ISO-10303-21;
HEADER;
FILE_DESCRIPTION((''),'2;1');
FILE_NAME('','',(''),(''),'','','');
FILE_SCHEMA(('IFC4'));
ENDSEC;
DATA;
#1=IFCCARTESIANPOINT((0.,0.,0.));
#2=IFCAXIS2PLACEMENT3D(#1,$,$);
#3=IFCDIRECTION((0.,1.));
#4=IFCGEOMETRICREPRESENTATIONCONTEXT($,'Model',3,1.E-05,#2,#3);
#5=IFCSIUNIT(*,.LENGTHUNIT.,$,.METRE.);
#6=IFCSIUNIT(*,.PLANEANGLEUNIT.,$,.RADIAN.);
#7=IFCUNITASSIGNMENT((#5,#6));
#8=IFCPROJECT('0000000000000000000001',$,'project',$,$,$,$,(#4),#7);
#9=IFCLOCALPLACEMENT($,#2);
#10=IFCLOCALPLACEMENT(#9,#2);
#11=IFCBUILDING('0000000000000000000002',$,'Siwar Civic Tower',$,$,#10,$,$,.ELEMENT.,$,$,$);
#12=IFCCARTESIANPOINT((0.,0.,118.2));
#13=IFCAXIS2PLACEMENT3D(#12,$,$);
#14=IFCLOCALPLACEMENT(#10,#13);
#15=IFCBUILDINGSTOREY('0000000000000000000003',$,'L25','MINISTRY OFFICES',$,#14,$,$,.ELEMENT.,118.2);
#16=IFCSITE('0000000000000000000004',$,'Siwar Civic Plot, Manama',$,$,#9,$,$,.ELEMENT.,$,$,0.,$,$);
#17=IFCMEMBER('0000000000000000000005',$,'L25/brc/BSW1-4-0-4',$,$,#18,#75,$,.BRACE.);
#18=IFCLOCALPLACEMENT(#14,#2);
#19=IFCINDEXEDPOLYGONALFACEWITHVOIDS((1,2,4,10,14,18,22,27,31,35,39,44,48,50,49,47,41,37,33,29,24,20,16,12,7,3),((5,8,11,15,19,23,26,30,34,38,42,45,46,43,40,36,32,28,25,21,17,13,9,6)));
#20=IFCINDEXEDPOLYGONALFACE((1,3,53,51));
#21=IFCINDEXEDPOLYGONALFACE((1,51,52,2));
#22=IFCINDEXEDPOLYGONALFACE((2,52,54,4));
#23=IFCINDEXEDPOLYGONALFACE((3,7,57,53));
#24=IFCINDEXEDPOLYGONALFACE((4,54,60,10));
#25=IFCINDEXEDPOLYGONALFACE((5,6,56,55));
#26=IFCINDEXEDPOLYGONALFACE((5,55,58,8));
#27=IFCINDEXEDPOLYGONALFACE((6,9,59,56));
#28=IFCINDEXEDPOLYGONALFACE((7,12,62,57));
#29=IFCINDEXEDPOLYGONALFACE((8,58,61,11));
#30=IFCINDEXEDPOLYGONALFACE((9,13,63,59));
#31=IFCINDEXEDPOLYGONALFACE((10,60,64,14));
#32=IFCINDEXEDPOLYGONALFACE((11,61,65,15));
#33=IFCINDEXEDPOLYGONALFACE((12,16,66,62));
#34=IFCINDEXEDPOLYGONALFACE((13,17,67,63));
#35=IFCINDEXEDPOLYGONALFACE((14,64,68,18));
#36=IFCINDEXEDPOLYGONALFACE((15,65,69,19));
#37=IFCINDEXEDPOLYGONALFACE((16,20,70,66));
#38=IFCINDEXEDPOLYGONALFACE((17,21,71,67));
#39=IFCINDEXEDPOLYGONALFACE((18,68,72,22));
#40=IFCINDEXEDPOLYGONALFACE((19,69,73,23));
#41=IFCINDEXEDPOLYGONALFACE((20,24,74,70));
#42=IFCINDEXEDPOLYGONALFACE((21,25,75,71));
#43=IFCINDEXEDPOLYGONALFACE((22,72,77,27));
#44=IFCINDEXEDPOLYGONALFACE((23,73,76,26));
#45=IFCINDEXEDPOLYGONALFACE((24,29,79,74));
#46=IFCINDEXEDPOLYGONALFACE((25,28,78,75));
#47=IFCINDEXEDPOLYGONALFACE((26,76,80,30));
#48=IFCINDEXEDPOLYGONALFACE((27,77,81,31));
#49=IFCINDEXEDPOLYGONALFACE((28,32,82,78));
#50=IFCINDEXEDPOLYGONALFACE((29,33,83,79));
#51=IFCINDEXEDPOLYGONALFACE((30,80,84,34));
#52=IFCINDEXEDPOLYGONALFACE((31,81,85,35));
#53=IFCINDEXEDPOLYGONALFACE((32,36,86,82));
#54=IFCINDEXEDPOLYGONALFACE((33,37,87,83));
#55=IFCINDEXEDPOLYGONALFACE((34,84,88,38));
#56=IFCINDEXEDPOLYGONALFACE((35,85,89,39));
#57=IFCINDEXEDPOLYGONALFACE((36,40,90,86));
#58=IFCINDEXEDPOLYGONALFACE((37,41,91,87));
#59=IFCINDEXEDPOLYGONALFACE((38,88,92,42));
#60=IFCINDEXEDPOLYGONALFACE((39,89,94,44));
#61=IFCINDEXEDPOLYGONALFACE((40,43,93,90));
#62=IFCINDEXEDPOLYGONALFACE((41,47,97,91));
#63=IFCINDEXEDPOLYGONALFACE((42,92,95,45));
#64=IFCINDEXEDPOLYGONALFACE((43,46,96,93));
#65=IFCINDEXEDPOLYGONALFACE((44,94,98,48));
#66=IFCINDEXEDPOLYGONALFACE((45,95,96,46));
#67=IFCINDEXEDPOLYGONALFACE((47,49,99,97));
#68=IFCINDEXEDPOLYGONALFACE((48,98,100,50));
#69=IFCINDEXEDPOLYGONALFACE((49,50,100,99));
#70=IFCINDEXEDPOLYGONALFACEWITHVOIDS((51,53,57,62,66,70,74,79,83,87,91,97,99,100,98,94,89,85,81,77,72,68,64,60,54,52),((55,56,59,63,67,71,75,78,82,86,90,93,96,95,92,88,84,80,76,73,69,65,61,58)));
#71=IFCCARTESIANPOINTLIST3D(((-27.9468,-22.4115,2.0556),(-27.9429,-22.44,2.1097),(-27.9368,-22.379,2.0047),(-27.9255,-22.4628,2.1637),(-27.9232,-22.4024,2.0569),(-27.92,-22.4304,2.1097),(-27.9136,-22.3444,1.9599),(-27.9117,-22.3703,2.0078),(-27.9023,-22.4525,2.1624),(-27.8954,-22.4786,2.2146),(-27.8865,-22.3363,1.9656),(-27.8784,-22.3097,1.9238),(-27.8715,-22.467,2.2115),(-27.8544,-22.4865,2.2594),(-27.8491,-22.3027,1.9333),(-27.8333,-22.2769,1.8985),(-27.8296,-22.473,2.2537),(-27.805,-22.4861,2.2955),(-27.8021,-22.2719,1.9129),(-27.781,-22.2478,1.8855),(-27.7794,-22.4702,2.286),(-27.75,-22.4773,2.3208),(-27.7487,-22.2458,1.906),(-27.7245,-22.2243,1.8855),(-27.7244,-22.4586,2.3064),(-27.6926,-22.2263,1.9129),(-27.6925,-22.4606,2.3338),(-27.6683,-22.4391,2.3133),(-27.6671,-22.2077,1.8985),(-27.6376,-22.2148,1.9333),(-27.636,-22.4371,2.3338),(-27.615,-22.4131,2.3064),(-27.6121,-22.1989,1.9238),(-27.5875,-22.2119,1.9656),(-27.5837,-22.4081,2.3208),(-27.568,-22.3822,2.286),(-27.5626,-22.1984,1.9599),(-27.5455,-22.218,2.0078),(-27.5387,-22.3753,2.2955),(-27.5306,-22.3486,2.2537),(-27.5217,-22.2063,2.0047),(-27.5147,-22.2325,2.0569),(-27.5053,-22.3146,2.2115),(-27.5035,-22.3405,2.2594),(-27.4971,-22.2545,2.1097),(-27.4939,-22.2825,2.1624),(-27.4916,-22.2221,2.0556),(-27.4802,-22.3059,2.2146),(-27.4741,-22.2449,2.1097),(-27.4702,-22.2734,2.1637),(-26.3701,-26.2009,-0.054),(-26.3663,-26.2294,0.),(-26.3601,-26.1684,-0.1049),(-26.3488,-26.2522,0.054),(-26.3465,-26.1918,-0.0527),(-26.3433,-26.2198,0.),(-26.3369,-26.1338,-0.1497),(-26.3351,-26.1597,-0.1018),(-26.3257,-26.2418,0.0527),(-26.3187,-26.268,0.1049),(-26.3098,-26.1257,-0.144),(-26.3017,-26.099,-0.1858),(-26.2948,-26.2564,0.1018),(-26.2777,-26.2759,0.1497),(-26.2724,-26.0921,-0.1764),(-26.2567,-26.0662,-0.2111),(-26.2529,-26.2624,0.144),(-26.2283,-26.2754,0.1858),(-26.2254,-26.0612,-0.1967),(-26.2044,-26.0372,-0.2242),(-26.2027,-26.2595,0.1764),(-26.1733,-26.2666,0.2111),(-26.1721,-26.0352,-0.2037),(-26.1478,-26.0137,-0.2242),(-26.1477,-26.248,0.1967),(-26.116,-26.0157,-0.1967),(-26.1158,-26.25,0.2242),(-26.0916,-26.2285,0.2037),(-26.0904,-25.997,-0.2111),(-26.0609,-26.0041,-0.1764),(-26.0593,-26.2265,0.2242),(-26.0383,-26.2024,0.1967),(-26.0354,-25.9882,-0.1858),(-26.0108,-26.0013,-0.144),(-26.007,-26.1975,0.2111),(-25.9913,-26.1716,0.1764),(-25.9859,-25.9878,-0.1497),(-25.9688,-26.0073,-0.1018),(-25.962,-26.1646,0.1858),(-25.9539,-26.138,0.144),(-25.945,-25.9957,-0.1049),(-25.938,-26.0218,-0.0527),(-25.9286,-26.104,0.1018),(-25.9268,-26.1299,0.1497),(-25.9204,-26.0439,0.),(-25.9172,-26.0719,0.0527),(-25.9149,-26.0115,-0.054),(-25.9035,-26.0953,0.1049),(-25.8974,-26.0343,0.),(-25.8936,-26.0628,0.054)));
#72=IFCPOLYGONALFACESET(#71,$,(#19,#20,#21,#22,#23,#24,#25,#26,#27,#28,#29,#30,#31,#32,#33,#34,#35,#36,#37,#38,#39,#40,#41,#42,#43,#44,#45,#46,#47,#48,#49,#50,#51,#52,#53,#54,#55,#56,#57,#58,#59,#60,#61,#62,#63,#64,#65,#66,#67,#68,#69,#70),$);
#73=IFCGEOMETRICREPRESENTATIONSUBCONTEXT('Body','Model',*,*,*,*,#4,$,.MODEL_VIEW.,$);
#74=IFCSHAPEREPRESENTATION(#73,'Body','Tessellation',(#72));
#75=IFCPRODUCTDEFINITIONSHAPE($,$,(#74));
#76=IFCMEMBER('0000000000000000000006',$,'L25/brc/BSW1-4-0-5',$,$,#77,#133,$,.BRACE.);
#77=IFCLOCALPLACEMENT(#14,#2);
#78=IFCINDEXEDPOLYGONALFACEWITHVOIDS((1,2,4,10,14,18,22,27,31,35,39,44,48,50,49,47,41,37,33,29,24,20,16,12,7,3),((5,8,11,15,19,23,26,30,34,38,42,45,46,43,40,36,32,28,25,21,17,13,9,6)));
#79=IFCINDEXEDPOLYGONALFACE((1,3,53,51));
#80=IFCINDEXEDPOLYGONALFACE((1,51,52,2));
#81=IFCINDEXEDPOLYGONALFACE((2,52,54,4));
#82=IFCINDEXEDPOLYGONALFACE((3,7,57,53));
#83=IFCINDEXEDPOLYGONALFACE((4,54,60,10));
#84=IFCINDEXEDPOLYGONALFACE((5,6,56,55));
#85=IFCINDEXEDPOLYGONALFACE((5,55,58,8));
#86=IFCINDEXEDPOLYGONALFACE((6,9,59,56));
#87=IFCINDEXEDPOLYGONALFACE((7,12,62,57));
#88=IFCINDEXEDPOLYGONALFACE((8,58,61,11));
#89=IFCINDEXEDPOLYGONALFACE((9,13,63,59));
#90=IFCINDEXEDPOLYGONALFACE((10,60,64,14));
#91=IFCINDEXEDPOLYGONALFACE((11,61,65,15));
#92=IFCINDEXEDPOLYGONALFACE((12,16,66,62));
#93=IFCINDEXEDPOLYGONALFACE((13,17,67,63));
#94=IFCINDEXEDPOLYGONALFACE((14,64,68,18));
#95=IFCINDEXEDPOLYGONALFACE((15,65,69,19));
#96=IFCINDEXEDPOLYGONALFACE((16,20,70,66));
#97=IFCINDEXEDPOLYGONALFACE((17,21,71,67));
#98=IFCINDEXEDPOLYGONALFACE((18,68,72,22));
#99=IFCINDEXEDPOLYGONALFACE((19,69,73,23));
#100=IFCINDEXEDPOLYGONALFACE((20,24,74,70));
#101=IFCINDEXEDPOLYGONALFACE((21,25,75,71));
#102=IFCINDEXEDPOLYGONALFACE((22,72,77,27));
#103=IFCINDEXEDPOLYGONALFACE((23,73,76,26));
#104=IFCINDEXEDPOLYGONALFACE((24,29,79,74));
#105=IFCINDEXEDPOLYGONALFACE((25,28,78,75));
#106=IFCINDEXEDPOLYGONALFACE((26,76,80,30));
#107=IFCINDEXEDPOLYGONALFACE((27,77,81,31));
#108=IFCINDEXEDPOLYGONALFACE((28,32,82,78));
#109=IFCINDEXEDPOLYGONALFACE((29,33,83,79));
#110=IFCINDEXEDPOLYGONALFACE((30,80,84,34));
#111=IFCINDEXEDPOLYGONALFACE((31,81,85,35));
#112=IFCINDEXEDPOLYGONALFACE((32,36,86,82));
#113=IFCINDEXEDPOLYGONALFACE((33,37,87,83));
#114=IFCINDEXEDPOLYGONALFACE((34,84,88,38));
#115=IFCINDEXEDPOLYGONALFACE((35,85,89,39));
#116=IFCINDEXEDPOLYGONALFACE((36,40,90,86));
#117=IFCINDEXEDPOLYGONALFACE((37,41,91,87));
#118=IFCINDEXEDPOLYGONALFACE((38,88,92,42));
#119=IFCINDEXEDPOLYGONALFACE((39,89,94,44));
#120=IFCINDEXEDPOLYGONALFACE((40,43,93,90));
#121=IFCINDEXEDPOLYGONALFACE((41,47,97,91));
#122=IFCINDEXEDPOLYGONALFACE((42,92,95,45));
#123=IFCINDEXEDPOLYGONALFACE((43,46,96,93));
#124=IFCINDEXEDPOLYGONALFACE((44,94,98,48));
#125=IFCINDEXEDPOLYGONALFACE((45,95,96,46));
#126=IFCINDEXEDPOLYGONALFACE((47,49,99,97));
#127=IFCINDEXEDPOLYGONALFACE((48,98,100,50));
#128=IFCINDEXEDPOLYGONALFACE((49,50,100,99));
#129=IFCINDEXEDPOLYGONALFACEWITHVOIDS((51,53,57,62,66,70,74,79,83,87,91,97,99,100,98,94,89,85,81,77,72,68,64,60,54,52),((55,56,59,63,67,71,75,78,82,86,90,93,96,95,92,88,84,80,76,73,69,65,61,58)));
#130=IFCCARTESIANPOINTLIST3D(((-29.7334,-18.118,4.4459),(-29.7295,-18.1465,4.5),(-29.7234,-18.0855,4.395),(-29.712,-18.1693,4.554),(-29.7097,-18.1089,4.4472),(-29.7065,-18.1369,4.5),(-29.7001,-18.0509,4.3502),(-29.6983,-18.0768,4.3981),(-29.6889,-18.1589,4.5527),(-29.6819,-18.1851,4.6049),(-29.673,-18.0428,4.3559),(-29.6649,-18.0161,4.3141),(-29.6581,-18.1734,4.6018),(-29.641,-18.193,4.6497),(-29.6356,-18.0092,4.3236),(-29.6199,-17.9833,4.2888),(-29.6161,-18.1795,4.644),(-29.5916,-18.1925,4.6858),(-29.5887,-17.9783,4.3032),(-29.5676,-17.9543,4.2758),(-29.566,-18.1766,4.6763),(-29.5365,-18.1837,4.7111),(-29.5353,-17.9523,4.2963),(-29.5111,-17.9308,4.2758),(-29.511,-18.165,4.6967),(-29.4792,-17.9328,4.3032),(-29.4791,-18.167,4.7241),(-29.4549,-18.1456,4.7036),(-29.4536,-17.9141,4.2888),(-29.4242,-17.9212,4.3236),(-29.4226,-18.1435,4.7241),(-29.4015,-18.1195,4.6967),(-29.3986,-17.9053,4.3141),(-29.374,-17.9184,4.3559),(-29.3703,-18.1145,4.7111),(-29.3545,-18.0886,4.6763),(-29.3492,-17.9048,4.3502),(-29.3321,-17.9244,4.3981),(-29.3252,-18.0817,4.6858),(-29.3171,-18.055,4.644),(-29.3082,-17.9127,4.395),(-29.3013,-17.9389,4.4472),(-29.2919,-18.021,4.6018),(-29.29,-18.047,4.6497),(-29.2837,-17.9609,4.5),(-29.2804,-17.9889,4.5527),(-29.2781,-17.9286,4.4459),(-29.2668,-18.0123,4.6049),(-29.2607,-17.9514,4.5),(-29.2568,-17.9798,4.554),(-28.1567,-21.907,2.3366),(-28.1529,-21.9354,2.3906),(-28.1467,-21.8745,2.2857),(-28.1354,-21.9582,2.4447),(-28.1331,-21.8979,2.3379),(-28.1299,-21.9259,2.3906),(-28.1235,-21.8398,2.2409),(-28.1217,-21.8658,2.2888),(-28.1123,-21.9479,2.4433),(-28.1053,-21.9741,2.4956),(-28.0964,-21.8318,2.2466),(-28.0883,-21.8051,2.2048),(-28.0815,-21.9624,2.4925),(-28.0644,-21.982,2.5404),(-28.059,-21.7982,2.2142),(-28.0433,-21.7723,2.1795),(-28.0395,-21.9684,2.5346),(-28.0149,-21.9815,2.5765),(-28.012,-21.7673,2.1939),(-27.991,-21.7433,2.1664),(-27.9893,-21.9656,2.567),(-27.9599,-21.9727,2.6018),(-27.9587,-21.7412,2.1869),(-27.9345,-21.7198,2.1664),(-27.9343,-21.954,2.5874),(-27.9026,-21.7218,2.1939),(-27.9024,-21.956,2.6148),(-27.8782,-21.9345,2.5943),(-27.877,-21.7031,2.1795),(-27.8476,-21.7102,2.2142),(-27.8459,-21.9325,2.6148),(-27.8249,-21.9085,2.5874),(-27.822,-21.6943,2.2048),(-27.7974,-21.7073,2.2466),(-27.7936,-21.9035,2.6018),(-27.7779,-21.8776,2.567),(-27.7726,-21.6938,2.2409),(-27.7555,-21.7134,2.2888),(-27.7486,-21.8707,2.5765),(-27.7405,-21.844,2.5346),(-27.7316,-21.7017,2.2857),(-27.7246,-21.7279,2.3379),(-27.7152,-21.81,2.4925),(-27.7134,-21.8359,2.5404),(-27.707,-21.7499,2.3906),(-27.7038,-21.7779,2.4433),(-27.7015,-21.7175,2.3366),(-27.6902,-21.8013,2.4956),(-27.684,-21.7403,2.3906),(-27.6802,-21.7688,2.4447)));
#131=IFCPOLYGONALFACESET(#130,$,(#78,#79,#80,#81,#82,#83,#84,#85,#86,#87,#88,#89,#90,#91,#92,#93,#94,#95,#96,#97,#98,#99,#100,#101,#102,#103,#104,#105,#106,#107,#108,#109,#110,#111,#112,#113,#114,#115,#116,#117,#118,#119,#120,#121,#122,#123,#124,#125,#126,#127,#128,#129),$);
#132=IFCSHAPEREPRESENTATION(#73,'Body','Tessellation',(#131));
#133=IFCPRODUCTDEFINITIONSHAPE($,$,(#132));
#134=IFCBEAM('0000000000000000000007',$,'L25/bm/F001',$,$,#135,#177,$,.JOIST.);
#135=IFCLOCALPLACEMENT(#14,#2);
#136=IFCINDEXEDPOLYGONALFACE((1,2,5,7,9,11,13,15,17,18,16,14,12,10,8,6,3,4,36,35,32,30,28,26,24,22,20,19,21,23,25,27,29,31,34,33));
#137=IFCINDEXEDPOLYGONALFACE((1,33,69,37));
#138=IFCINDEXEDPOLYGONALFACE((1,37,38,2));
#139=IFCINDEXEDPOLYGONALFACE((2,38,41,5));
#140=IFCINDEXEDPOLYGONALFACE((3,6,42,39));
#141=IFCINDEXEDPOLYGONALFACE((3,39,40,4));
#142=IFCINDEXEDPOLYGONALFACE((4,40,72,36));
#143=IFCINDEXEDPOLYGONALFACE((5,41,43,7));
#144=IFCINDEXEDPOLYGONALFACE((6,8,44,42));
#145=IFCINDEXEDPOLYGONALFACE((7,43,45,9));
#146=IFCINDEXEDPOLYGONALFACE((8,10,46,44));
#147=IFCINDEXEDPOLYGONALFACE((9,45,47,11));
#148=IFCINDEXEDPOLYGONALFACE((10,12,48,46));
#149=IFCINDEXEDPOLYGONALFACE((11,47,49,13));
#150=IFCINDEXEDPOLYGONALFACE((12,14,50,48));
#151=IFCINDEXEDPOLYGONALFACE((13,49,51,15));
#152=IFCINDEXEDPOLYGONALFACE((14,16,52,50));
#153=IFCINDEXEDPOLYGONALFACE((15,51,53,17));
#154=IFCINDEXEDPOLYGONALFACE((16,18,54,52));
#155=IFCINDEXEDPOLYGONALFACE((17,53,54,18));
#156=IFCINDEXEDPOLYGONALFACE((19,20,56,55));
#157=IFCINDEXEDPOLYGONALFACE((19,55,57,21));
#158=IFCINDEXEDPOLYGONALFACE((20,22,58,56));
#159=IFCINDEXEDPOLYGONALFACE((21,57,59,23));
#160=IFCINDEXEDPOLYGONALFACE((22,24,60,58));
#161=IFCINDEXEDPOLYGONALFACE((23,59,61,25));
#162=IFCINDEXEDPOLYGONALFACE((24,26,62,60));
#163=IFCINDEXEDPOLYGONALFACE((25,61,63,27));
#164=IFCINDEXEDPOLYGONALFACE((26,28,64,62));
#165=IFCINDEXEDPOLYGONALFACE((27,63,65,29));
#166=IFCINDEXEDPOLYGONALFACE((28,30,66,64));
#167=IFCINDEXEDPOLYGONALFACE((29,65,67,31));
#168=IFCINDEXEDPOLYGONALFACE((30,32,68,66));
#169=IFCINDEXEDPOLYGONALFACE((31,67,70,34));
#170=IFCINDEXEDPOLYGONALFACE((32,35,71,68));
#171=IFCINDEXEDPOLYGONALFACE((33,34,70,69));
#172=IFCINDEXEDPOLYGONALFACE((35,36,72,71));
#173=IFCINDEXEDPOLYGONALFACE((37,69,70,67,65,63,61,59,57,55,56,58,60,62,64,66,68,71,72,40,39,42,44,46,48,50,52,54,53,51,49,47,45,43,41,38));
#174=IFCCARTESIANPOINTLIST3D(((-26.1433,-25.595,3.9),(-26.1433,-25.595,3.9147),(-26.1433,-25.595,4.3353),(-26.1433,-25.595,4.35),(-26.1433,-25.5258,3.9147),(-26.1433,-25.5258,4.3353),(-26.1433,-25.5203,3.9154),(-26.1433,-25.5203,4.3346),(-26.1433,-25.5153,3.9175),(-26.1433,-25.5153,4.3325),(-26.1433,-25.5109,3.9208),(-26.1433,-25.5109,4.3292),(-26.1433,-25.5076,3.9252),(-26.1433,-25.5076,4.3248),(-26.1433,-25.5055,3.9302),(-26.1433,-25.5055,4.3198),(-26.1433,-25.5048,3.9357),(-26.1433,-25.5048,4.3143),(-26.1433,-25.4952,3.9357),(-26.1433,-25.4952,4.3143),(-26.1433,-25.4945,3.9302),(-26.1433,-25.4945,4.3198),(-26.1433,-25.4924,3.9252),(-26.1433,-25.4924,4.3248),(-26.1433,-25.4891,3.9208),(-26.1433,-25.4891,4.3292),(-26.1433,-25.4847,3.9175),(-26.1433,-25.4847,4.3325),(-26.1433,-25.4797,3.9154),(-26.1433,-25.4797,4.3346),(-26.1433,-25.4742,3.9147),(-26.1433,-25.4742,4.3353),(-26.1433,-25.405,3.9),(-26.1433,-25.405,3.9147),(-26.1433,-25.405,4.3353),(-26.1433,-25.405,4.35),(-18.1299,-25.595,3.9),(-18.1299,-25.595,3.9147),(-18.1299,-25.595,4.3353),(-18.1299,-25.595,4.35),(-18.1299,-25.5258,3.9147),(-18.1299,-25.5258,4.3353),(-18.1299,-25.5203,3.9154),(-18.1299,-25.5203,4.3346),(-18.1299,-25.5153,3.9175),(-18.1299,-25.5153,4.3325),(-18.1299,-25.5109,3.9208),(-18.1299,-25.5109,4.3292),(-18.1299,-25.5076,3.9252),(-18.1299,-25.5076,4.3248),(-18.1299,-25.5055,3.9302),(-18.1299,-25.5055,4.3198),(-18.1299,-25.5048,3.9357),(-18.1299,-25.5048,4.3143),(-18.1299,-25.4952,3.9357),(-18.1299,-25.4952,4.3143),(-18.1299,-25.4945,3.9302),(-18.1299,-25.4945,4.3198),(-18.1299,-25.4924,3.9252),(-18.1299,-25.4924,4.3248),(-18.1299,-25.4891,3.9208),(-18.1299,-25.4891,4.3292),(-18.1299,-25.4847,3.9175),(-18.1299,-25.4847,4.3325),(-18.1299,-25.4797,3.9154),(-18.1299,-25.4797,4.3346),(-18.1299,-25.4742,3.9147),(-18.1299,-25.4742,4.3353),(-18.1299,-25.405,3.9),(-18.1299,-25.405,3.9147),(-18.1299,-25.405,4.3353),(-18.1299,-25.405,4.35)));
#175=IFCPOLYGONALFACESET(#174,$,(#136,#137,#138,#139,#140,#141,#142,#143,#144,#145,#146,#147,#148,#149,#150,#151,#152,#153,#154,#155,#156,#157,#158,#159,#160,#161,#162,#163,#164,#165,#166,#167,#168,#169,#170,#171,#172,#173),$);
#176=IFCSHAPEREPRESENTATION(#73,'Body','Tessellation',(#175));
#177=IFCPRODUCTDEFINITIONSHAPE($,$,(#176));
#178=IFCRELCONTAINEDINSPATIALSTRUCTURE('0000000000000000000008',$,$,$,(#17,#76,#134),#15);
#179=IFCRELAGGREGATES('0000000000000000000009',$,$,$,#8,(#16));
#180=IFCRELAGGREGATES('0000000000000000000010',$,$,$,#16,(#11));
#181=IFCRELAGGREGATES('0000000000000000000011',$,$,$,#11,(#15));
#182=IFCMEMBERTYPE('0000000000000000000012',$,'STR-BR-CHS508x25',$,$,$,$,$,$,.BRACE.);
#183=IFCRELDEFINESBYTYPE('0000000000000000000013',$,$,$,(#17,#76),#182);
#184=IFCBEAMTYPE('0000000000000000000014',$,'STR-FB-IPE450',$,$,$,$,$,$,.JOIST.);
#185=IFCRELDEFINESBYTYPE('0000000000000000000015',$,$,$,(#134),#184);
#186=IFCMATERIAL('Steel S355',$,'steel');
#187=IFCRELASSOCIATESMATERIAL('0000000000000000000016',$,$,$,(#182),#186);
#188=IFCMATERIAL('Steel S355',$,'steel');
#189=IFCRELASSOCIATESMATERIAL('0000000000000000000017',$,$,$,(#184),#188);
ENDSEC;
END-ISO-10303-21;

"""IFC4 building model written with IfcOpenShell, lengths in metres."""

from ifc_helpers import new_model, si_unit, direction, frame, origin, origin_2d, place, context, subcontext, project, spatial, hollow_circle, i_section, extrude, material, material_profile, profile_set, type_object, element, save


model = new_model("IFC4")

# Units and contexts
model_context = context("Model", 3, precision=1e-05, world=origin(), true_north=direction((0.0, 1.0)))
body_context = subcontext(model_context, "Body", "Model", "MODEL_VIEW")
ifc_project = project(units=[si_unit("LENGTHUNIT", "METRE"), si_unit("PLANEANGLEUNIT", "RADIAN")], contexts=[model_context])

# Site, building, storey
site_placement = place(None, origin())
site = spatial("IfcSite", under=ifc_project, at=site_placement, Name="Siwar Civic Plot, Manama", CompositionType="ELEMENT", RefElevation=0.0)
building_placement = place(site_placement, origin())
building = spatial("IfcBuilding", under=site, at=building_placement, Name="Siwar Civic Tower", CompositionType="ELEMENT")
storey_placement = place(building_placement, frame((0.0, 0.0, 118.2)))
storey = spatial("IfcBuildingStorey", under=building, at=storey_placement, Name="L25", Description="MINISTRY OFFICES", CompositionType="ELEMENT", Elevation=118.2)

# Members
ifc_material_1 = material(Name="Steel S355", Category="steel")
ifc_material_profile_1 = material_profile(ifc_material_1, hollow_circle(Radius=0.2539, WallThickness=0.0249, at=origin_2d()), Name="CHS508x25")
ifc_profile_set_1 = profile_set([ifc_material_profile_1], Name="Steel S355")
member_type_1 = type_object("IfcMemberType", Name="STR-BR-CHS508x25", PredefinedType="BRACE", material=ifc_profile_set_1)
member_1_placement = place(storey_placement, frame((-26.1318, -26.1318, 0.0), z_axis=(-0.341662, 0.821143, 0.457155), x_axis=(-0.923269, -0.384155, 0.0)))
element("IfcMember", 1, at=member_1_placement, inside=storey, type_object=member_type_1, Name="L25/brc/BSW1-4-0-4", PredefinedType="BRACE", context=body_context, shape_type="SweptSolid", body=[
    extrude(hollow_circle(Radius=0.2539, WallThickness=0.0249, at=origin_2d()), origin(), (0.0, 0.0, 1.0), 4.6147),
])
member_2_placement = place(storey_placement, frame((-27.9185, -21.8379, 2.3906), z_axis=(-0.341686, 0.821146, 0.457133), x_axis=(-0.92326, -0.384176, 0.0)))
element("IfcMember", 2, at=member_2_placement, inside=storey, type_object=member_type_1, Name="L25/brc/BSW1-4-0-5", PredefinedType="BRACE", context=body_context, shape_type="SweptSolid", body=[
    extrude(hollow_circle(Radius=0.2539, WallThickness=0.0249, at=origin_2d()), origin(), (0.0, 0.0, 1.0), 4.6143),
])

# Beam
ifc_material_2 = material(Name="Steel S355", Category="steel")
ifc_material_profile_2 = material_profile(ifc_material_2, i_section(OverallWidth=0.1899, OverallDepth=0.45, WebThickness=0.0095, FlangeThickness=0.0146, FilletRadius=0.021, at=origin_2d()), Name="IPE450")
ifc_profile_set_2 = profile_set([ifc_material_profile_2], Name="Steel S355")
beam_type_1 = type_object("IfcBeamType", Name="STR-FB-IPE450", PredefinedType="JOIST", material=ifc_profile_set_2)
beam_1_placement = place(storey_placement, frame((-26.1433, -25.5, 4.125), z_axis=(1.0, 0.0, 0.0), x_axis=(0.0, 1.0, 0.0)))
element("IfcBeam", 3, at=beam_1_placement, inside=storey, type_object=beam_type_1, Name="L25/bm/F001", PredefinedType="JOIST", context=body_context, shape_type="SweptSolid", body=[
    extrude(i_section(OverallWidth=0.1899, OverallDepth=0.45, WebThickness=0.0095, FlangeThickness=0.0146, FilletRadius=0.021, at=origin_2d()), origin(), (0.0, 0.0, 1.0), 8.0134),
])

save(model, "model.ifc")
